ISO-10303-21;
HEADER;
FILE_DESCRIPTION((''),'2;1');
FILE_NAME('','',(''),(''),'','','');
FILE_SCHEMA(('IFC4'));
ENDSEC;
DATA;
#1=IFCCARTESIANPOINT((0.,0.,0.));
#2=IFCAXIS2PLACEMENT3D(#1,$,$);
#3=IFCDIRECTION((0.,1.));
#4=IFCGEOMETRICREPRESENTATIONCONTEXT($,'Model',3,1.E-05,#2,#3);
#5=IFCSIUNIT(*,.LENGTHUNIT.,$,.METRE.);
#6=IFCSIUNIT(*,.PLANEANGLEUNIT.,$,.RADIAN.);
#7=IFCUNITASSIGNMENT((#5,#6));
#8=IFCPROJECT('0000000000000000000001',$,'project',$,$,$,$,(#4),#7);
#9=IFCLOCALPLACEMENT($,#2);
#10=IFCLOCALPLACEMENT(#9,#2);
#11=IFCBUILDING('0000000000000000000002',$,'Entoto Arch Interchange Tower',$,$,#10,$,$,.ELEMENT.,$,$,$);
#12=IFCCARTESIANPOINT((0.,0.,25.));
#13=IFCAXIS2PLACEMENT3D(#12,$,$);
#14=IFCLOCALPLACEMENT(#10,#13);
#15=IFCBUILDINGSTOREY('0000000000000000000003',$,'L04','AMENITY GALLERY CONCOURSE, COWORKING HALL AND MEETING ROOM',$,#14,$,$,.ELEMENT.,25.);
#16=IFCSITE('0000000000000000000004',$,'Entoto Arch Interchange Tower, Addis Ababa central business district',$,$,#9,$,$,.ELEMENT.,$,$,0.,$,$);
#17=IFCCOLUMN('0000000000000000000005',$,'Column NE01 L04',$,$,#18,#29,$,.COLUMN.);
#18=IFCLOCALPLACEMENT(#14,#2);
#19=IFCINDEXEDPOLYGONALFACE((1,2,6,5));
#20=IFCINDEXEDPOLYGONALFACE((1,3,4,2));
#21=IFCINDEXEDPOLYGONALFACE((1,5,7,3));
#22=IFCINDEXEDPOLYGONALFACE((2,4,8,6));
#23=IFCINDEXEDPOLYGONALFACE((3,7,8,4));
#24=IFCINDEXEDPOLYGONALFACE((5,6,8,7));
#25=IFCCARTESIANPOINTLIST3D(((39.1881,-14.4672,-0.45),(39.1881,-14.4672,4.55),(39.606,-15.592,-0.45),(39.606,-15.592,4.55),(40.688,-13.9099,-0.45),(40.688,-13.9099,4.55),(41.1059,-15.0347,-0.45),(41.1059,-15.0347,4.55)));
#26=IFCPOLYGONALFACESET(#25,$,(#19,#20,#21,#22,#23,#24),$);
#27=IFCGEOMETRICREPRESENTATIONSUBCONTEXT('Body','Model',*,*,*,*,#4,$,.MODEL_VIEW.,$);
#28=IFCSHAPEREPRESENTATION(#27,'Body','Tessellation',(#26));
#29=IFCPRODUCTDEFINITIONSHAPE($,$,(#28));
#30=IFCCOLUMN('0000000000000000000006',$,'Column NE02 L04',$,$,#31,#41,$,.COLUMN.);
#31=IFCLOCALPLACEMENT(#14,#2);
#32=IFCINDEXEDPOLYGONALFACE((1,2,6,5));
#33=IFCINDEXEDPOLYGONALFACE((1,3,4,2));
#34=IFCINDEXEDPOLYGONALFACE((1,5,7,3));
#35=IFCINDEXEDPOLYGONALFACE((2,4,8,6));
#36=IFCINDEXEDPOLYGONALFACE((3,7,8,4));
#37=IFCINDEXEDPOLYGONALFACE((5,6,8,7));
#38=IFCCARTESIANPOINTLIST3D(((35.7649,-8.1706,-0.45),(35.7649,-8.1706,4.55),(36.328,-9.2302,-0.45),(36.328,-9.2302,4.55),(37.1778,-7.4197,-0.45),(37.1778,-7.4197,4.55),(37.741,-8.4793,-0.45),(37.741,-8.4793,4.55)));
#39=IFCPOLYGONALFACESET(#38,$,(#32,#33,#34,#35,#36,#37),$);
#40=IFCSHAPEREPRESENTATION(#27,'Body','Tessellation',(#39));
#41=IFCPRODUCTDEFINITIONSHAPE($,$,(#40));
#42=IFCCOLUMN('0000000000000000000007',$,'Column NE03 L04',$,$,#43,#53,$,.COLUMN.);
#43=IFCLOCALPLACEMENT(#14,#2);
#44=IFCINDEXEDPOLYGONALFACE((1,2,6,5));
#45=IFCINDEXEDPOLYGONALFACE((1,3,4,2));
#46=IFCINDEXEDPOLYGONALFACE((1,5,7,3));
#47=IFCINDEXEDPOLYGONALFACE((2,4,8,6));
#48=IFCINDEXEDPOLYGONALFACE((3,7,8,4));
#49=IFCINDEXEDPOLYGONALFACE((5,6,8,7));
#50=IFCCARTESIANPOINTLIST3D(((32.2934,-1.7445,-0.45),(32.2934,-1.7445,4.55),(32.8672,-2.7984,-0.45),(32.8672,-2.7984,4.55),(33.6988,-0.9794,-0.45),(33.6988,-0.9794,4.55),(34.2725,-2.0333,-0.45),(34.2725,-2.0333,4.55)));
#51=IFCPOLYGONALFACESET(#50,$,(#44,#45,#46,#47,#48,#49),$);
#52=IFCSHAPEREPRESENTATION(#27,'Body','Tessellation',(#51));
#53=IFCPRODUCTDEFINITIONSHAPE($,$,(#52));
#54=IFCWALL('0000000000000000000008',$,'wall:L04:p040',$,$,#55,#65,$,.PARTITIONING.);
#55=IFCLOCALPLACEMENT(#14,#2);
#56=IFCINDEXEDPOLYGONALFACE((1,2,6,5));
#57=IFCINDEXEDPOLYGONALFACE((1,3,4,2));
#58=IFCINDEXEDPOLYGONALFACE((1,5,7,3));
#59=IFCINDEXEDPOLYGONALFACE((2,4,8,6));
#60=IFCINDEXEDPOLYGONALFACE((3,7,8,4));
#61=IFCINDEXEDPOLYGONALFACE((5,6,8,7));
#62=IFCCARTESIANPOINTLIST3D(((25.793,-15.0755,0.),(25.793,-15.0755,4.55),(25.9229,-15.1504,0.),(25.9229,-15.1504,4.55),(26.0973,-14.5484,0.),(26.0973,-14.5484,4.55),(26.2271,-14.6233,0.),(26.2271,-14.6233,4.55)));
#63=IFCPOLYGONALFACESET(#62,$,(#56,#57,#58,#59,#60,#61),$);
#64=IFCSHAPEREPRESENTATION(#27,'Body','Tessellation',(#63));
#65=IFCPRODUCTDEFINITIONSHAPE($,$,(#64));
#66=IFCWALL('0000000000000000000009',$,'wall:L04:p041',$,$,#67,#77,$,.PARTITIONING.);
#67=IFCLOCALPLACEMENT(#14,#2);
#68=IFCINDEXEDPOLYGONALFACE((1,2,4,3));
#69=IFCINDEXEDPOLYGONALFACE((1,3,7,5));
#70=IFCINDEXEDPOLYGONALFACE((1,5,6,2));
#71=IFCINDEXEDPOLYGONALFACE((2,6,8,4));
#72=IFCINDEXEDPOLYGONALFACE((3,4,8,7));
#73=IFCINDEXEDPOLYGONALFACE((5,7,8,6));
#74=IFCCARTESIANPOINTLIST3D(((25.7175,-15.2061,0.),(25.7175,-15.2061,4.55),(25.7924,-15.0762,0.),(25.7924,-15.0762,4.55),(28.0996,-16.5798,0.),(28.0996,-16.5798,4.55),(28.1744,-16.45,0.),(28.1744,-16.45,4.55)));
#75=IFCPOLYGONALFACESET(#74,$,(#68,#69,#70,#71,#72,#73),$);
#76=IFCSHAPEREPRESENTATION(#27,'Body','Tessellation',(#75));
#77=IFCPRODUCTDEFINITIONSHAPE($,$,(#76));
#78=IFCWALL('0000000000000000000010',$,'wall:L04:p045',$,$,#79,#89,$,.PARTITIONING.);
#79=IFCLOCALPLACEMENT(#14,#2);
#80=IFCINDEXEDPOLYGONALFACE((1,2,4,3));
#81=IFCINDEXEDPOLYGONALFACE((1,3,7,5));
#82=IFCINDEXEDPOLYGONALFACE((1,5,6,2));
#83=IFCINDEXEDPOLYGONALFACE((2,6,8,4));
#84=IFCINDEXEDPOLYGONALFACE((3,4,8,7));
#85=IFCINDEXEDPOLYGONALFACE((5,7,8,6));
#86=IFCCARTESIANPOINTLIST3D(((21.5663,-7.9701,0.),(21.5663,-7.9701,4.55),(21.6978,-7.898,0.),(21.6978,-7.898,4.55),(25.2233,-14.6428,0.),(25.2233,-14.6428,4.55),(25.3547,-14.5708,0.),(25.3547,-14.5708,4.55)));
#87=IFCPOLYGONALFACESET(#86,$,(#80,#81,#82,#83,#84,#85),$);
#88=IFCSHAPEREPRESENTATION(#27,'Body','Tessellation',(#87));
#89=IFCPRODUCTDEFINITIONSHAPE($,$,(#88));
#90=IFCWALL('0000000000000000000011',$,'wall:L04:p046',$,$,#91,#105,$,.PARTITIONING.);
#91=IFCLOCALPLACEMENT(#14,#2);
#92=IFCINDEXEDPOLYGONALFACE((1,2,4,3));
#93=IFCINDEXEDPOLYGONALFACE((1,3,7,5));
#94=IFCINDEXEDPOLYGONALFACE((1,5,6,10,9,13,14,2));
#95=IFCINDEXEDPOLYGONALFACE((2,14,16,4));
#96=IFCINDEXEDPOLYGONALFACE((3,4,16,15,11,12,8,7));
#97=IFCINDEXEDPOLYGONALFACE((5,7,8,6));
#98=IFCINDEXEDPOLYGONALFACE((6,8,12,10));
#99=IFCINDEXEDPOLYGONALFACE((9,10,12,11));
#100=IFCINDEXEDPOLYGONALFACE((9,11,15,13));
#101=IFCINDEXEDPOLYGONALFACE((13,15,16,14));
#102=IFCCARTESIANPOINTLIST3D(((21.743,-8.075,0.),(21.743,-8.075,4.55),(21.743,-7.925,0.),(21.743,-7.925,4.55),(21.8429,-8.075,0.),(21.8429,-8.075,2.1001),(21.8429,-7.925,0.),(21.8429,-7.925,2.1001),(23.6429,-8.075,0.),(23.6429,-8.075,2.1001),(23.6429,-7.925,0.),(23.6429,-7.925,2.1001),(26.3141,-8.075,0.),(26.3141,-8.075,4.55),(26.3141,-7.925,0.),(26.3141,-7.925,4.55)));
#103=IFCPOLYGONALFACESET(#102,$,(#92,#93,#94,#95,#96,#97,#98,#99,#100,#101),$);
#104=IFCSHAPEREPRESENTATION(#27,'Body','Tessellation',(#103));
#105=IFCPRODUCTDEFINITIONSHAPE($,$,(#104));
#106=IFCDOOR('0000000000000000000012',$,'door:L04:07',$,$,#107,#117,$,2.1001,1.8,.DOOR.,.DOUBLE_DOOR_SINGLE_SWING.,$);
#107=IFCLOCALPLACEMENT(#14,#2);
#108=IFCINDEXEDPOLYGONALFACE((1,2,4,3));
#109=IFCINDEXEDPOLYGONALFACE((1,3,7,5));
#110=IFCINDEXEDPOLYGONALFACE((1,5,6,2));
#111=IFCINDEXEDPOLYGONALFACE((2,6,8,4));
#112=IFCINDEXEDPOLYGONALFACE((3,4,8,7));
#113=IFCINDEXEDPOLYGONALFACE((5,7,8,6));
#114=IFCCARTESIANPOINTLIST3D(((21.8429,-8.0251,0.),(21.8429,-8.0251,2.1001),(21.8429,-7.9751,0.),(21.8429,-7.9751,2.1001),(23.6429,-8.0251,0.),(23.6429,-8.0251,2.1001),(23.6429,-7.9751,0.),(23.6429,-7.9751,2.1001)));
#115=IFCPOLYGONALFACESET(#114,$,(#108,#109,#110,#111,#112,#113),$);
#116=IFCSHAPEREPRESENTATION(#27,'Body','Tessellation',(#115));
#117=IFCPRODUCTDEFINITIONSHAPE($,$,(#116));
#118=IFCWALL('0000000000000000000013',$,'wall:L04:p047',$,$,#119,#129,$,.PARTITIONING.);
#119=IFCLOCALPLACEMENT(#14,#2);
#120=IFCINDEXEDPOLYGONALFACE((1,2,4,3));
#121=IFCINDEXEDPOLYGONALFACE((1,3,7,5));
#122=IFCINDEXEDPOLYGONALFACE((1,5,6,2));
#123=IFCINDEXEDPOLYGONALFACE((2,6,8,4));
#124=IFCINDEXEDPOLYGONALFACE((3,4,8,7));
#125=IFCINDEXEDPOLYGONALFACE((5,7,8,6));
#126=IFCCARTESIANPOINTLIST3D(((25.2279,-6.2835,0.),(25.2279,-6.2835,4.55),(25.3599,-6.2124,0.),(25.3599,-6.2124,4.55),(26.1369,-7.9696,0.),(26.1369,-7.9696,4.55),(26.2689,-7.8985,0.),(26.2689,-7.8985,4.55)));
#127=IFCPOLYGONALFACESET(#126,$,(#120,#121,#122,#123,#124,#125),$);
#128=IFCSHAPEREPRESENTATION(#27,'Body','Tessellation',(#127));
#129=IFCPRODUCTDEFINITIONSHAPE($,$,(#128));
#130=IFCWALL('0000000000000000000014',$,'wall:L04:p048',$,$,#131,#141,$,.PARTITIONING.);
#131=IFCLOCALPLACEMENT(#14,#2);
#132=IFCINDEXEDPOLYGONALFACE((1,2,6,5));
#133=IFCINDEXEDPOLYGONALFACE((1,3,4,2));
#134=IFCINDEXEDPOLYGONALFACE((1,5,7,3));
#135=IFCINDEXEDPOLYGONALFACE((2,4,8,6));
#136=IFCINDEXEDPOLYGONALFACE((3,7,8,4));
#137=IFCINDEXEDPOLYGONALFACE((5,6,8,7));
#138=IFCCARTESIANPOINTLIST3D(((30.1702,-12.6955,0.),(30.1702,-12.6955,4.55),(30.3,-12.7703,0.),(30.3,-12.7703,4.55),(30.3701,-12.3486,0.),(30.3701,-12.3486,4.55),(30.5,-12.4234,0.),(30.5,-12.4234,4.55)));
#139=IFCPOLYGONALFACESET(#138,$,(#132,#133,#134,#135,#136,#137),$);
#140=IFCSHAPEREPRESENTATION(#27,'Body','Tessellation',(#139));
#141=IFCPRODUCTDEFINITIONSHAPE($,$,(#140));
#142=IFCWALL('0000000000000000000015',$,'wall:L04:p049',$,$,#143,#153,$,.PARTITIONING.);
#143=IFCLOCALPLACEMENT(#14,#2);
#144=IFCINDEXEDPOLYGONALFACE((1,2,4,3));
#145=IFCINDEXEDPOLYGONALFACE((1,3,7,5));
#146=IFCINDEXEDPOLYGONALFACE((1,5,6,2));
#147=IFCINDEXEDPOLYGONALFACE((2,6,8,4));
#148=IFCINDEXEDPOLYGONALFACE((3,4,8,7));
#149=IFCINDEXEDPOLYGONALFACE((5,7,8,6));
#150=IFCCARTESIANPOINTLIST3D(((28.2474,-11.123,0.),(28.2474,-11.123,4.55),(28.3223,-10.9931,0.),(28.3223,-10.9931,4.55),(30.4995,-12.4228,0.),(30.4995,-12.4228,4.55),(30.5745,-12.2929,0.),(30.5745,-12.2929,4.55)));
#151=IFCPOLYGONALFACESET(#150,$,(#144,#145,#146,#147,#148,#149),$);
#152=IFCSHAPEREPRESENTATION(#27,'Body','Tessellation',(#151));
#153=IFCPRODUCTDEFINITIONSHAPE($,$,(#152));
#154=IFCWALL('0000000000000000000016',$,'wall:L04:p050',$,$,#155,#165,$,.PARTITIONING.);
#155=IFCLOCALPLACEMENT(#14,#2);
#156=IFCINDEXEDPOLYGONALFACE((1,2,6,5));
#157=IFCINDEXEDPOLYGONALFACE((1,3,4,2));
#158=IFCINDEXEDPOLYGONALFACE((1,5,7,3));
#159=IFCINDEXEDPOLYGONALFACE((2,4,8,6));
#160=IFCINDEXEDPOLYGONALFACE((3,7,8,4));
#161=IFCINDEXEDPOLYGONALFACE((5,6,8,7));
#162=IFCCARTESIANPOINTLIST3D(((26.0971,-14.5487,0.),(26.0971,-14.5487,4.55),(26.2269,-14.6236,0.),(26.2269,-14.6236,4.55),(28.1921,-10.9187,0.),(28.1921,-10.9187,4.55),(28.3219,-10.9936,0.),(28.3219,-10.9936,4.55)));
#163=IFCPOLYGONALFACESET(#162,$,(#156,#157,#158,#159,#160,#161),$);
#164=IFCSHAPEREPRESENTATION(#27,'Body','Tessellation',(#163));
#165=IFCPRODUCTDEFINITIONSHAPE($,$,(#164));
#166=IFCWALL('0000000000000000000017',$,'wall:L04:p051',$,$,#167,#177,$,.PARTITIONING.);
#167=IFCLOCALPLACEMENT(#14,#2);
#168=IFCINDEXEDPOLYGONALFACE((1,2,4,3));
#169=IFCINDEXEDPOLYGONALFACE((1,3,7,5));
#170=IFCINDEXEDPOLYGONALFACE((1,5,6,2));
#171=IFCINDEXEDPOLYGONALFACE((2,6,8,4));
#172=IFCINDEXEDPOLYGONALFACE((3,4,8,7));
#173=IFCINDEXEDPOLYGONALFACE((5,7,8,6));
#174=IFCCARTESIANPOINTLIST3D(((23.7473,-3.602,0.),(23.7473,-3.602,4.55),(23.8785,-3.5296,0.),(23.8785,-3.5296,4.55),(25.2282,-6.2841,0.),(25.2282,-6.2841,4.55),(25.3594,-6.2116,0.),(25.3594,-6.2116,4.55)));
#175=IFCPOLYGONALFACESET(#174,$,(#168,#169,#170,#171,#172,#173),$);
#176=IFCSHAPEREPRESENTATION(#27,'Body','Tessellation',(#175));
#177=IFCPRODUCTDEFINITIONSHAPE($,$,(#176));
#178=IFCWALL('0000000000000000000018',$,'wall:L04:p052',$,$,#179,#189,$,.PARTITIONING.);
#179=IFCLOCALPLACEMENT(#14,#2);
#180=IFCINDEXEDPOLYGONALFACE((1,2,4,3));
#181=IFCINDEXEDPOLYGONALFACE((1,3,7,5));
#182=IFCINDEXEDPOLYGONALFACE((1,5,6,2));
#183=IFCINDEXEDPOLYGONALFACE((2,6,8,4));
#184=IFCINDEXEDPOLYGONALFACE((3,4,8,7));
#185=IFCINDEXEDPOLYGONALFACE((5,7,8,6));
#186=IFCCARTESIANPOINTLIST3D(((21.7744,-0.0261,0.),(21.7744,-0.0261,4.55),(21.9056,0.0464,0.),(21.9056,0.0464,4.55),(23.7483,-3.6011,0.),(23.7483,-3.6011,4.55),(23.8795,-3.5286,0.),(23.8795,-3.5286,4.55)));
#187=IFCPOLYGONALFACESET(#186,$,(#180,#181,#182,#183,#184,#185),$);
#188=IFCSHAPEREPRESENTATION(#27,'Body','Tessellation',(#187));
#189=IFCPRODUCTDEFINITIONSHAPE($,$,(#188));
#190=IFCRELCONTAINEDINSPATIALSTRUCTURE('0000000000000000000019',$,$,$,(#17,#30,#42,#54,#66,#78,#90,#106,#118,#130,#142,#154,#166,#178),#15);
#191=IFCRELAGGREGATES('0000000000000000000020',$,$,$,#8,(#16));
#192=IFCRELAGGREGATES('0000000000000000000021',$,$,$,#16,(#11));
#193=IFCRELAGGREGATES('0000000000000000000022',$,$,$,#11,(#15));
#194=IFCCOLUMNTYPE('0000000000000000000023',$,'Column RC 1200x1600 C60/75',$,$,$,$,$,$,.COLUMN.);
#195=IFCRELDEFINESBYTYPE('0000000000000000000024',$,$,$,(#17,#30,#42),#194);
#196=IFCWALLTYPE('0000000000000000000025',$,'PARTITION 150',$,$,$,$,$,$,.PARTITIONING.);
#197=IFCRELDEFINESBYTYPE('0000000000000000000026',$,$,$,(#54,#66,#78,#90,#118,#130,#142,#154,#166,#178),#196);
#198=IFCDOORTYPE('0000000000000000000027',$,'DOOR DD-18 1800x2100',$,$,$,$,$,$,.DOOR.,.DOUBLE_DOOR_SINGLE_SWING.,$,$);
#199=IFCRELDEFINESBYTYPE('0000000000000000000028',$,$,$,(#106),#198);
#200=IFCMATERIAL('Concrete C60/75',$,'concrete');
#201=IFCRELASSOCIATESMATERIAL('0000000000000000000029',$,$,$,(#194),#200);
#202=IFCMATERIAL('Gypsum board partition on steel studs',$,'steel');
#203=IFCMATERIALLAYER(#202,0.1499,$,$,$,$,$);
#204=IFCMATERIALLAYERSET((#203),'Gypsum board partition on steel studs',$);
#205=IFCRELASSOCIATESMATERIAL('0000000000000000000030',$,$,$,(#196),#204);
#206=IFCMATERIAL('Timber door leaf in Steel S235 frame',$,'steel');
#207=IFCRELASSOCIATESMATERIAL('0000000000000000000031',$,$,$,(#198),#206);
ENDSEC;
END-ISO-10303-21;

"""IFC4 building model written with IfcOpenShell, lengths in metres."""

from ifc_helpers import new_model, si_unit, direction, frame, frame_2d, origin, origin_2d, place, context, subcontext, project, spatial, rectangle, extrude, material, layer, layer_set, material_profile, profile_set, type_object, element, fill, save


model = new_model("IFC4")

# Units and contexts
model_context = context("Model", 3, precision=1e-05, world=origin(), true_north=direction((0.0, 1.0)))
body_context = subcontext(model_context, "Body", "Model", "MODEL_VIEW")
ifc_project = project(units=[si_unit("LENGTHUNIT", "METRE"), si_unit("PLANEANGLEUNIT", "RADIAN")], contexts=[model_context])

# Site, building, storey
site_placement = place(None, origin())
site = spatial("IfcSite", under=ifc_project, at=site_placement, Name="Entoto Arch Interchange Tower, Addis Ababa central business district", CompositionType="ELEMENT", RefElevation=0.0)
building_placement = place(site_placement, origin())
building = spatial("IfcBuilding", under=site, at=building_placement, Name="Entoto Arch Interchange Tower", CompositionType="ELEMENT")
storey_placement = place(building_placement, frame((0.0, 0.0, 25.0)))
storey = spatial("IfcBuildingStorey", under=building, at=storey_placement, Name="L04", Description="AMENITY GALLERY CONCOURSE, COWORKING HALL AND MEETING ROOM", CompositionType="ELEMENT", Elevation=25.0)

# Columns
ifc_material_1 = material(Name="Concrete C60/75", Category="concrete")
ifc_material_profile = material_profile(ifc_material_1, rectangle(XDim=1.2, YDim=1.6001, at=origin_2d()))
ifc_profile_set = profile_set([ifc_material_profile], Name="Concrete C60/75")
column_type = type_object("IfcColumnType", Name="Column RC 1200x1600 C60/75", PredefinedType="COLUMN", material=ifc_profile_set)
for number, where, z_axis, x_axis, name in (
    (1, (40.147, -14.751, -0.45), (0.0, 0.0, 1.0), (-0.348278, 0.937391, 0.0), "Column NE01 L04"),
    (2, (36.7529, -8.325, -0.45), (0.0, 0.0, 1.0), (-0.469317, 0.88303, 0.0), "Column NE02 L04"),
    (3, (33.283, -1.8889, -0.45), (0.0, 0.0, 1.0), (-0.47814, 0.878284, 0.0), "Column NE03 L04"),
):
    element("IfcColumn", number, at=place(storey_placement, frame(where, z_axis=z_axis, x_axis=x_axis)), inside=storey, type_object=column_type, Name=name, PredefinedType="COLUMN", context=body_context, shape_type="SweptSolid", body=[
        extrude(rectangle(XDim=1.2, YDim=1.6001, at=origin_2d()), origin(), (0.0, 0.0, 1.0), 5.0),
    ])

# Walls
ifc_material_2 = material(Name="Gypsum board partition on steel studs", Category="steel")
ifc_layer_1 = layer(ifc_material_2, 0.1499)
ifc_layer_set_1 = layer_set([ifc_layer_1], Name="Gypsum board partition on steel studs")
wall_type_1 = type_object("IfcWallType", Name="PARTITION 150", PredefinedType="PARTITIONING", material=ifc_layer_set_1)
wall_1_placement = place(storey_placement, frame((26.1621, -14.5859, 0.0), z_axis=(0.0, 0.0, 1.0), x_axis=(-0.49985, -0.866112, 0.0)))
element("IfcWall", 4, at=wall_1_placement, inside=storey, type_object=wall_type_1, Name="wall:L04:p040", PredefinedType="PARTITIONING", context=body_context, shape_type="SweptSolid", body=[
    extrude(rectangle(XDim=0.6086, YDim=0.1499, at=frame_2d((0.3042, 0.0))), origin(), (0.0, 0.0, 1.0), 4.55),
])
wall_2_placement = place(storey_placement, frame((25.7549, -15.1411, 0.0), z_axis=(0.0, 0.0, 1.0), x_axis=(0.866264, -0.499587, 0.0)))
element("IfcWall", 5, at=wall_2_placement, inside=storey, type_object=wall_type_1, Name="wall:L04:p041", PredefinedType="PARTITIONING", context=body_context, shape_type="SweptSolid", body=[
    extrude(rectangle(XDim=2.7498, YDim=0.1499, at=frame_2d((1.375, 0.0))), origin(), (0.0, 0.0, 1.0), 4.55),
])
wall_3_placement = place(storey_placement, frame((25.2891, -14.6069, 0.0), z_axis=(0.0, 0.0, 1.0), x_axis=(-0.480598, 0.876941, 0.0)))
element("IfcWall", 6, at=wall_3_placement, inside=storey, type_object=wall_type_1, Name="wall:L04:p045", PredefinedType="PARTITIONING", context=body_context, shape_type="SweptSolid", body=[
    extrude(rectangle(XDim=7.6091, YDim=0.1499, at=frame_2d((3.8047, 0.0))), origin(), (0.0, 0.0, 1.0), 4.55),
])

# Wall, opening, door
wall_4_placement = place(storey_placement, frame((21.7429, -8.0, 0.0), z_axis=(0.0, 0.0, 1.0), x_axis=(1.0, 0.0, 0.0)))
wall_4 = element("IfcWall", 7, at=wall_4_placement, inside=storey, type_object=wall_type_1, Name="wall:L04:p046", PredefinedType="PARTITIONING", context=body_context, shape_type="SweptSolid", body=[
    extrude(rectangle(XDim=4.571, YDim=0.1499, at=frame_2d((2.2856, 0.0))), origin(), (0.0, 0.0, 1.0), 4.55),
])
opening_1_placement = place(wall_4_placement, frame((0.1001, 0.0, 0.0)))
opening_1 = element("IfcOpeningElement", 8, at=opening_1_placement, cuts=wall_4, PredefinedType="OPENING", context=body_context, shape_type="SweptSolid", body=[
    extrude(rectangle(XDim=1.8, YDim=2.1001, at=frame_2d((0.8999, 1.05))), frame((0.0, 0.085, 0.0), z_axis=(0.0, -1.0, 0.0), x_axis=(1.0, 0.0, 0.0)), (0.0, 0.0, 1.0), 0.1699),
])
ifc_material_3 = material(Name="Timber door leaf in Steel S235 frame", Category="steel")
door_type_1 = type_object("IfcDoorType", Name="DOOR DD-18 1800x2100", OperationType="DOUBLE_DOOR_SINGLE_SWING", PredefinedType="DOOR", material=ifc_material_3)
door_1_placement = place(opening_1_placement, origin())
door_1 = element("IfcDoor", 9, at=door_1_placement, inside=storey, type_object=door_type_1, Name="door:L04:07", OperationType="DOUBLE_DOOR_SINGLE_SWING", OverallHeight=2.1001, OverallWidth=1.8, PredefinedType="DOOR", context=body_context, shape_type="SweptSolid", body=[
    extrude(rectangle(XDim=1.8, YDim=2.1001, at=frame_2d((0.8999, 1.05))), frame((0.0, 0.0249, 0.0), z_axis=(0.0, -1.0, 0.0), x_axis=(1.0, 0.0, 0.0)), (0.0, 0.0, 1.0), 0.05),
])
fill(opening_1, door_1)

# Walls
wall_5_placement = place(storey_placement, frame((26.2029, -7.9341, 0.0), z_axis=(0.0, 0.0, 1.0), x_axis=(-0.474533, 0.880238, 0.0)))
element("IfcWall", 10, at=wall_5_placement, inside=storey, type_object=wall_type_1, Name="wall:L04:p047", PredefinedType="PARTITIONING", context=body_context, shape_type="SweptSolid", body=[
    extrude(rectangle(XDim=1.9155, YDim=0.1499, at=frame_2d((0.9578, 0.0))), origin(), (0.0, 0.0, 1.0), 4.55),
])
wall_6_placement = place(storey_placement, frame((30.2351, -12.7329, 0.0), z_axis=(0.0, 0.0, 1.0), x_axis=(0.499353, 0.866399, 0.0)))
element("IfcWall", 11, at=wall_6_placement, inside=storey, type_object=wall_type_1, Name="wall:L04:p048", PredefinedType="PARTITIONING", context=body_context, shape_type="SweptSolid", body=[
    extrude(rectangle(XDim=0.4004, YDim=0.1499, at=frame_2d((0.2002, 0.0))), origin(), (0.0, 0.0, 1.0), 4.55),
])
wall_7_placement = place(storey_placement, frame((30.5371, -12.3579, 0.0), z_axis=(0.0, 0.0, 1.0), x_axis=(-0.866109, 0.499855, 0.0)))
element("IfcWall", 12, at=wall_7_placement, inside=storey, type_object=wall_type_1, Name="wall:L04:p049", PredefinedType="PARTITIONING", context=body_context, shape_type="SweptSolid", body=[
    extrude(rectangle(XDim=2.6003, YDim=0.1499, at=frame_2d((1.3003, 0.0))), origin(), (0.0, 0.0, 1.0), 4.55),
])
wall_8_placement = place(storey_placement, frame((28.2571, -10.9561, 0.0), z_axis=(0.0, 0.0, 1.0), x_axis=(-0.499867, -0.866102, 0.0)))
element("IfcWall", 13, at=wall_8_placement, inside=storey, type_object=wall_type_1, Name="wall:L04:p050", PredefinedType="PARTITIONING", context=body_context, shape_type="SweptSolid", body=[
    extrude(rectangle(XDim=4.1912, YDim=0.1499, at=frame_2d((2.0957, 0.0))), origin(), (0.0, 0.0, 1.0), 4.55),
])
wall_9_placement = place(storey_placement, frame((23.813, -3.5659, 0.0), z_axis=(0.0, 0.0, 1.0), x_axis=(0.483368, -0.875417, 0.0)))
element("IfcWall", 14, at=wall_9_placement, inside=storey, type_object=wall_type_1, Name="wall:L04:p051", PredefinedType="PARTITIONING", context=body_context, shape_type="SweptSolid", body=[
    extrude(rectangle(XDim=3.0637, YDim=0.1499, at=frame_2d((1.5317, 0.0))), origin(), (0.0, 0.0, 1.0), 4.55),
])
wall_10_placement = place(storey_placement, frame((23.814, -3.5649, 0.0), z_axis=(0.0, 0.0, 1.0), x_axis=(-0.483357, 0.875423, 0.0)))
element("IfcWall", 15, at=wall_10_placement, inside=storey, type_object=wall_type_1, Name="wall:L04:p052", PredefinedType="PARTITIONING", context=body_context, shape_type="SweptSolid", body=[
    extrude(rectangle(XDim=4.0837, YDim=0.1499, at=frame_2d((2.042, 0.0))), origin(), (0.0, 0.0, 1.0), 4.55),
])

save(model, "model.ifc")
